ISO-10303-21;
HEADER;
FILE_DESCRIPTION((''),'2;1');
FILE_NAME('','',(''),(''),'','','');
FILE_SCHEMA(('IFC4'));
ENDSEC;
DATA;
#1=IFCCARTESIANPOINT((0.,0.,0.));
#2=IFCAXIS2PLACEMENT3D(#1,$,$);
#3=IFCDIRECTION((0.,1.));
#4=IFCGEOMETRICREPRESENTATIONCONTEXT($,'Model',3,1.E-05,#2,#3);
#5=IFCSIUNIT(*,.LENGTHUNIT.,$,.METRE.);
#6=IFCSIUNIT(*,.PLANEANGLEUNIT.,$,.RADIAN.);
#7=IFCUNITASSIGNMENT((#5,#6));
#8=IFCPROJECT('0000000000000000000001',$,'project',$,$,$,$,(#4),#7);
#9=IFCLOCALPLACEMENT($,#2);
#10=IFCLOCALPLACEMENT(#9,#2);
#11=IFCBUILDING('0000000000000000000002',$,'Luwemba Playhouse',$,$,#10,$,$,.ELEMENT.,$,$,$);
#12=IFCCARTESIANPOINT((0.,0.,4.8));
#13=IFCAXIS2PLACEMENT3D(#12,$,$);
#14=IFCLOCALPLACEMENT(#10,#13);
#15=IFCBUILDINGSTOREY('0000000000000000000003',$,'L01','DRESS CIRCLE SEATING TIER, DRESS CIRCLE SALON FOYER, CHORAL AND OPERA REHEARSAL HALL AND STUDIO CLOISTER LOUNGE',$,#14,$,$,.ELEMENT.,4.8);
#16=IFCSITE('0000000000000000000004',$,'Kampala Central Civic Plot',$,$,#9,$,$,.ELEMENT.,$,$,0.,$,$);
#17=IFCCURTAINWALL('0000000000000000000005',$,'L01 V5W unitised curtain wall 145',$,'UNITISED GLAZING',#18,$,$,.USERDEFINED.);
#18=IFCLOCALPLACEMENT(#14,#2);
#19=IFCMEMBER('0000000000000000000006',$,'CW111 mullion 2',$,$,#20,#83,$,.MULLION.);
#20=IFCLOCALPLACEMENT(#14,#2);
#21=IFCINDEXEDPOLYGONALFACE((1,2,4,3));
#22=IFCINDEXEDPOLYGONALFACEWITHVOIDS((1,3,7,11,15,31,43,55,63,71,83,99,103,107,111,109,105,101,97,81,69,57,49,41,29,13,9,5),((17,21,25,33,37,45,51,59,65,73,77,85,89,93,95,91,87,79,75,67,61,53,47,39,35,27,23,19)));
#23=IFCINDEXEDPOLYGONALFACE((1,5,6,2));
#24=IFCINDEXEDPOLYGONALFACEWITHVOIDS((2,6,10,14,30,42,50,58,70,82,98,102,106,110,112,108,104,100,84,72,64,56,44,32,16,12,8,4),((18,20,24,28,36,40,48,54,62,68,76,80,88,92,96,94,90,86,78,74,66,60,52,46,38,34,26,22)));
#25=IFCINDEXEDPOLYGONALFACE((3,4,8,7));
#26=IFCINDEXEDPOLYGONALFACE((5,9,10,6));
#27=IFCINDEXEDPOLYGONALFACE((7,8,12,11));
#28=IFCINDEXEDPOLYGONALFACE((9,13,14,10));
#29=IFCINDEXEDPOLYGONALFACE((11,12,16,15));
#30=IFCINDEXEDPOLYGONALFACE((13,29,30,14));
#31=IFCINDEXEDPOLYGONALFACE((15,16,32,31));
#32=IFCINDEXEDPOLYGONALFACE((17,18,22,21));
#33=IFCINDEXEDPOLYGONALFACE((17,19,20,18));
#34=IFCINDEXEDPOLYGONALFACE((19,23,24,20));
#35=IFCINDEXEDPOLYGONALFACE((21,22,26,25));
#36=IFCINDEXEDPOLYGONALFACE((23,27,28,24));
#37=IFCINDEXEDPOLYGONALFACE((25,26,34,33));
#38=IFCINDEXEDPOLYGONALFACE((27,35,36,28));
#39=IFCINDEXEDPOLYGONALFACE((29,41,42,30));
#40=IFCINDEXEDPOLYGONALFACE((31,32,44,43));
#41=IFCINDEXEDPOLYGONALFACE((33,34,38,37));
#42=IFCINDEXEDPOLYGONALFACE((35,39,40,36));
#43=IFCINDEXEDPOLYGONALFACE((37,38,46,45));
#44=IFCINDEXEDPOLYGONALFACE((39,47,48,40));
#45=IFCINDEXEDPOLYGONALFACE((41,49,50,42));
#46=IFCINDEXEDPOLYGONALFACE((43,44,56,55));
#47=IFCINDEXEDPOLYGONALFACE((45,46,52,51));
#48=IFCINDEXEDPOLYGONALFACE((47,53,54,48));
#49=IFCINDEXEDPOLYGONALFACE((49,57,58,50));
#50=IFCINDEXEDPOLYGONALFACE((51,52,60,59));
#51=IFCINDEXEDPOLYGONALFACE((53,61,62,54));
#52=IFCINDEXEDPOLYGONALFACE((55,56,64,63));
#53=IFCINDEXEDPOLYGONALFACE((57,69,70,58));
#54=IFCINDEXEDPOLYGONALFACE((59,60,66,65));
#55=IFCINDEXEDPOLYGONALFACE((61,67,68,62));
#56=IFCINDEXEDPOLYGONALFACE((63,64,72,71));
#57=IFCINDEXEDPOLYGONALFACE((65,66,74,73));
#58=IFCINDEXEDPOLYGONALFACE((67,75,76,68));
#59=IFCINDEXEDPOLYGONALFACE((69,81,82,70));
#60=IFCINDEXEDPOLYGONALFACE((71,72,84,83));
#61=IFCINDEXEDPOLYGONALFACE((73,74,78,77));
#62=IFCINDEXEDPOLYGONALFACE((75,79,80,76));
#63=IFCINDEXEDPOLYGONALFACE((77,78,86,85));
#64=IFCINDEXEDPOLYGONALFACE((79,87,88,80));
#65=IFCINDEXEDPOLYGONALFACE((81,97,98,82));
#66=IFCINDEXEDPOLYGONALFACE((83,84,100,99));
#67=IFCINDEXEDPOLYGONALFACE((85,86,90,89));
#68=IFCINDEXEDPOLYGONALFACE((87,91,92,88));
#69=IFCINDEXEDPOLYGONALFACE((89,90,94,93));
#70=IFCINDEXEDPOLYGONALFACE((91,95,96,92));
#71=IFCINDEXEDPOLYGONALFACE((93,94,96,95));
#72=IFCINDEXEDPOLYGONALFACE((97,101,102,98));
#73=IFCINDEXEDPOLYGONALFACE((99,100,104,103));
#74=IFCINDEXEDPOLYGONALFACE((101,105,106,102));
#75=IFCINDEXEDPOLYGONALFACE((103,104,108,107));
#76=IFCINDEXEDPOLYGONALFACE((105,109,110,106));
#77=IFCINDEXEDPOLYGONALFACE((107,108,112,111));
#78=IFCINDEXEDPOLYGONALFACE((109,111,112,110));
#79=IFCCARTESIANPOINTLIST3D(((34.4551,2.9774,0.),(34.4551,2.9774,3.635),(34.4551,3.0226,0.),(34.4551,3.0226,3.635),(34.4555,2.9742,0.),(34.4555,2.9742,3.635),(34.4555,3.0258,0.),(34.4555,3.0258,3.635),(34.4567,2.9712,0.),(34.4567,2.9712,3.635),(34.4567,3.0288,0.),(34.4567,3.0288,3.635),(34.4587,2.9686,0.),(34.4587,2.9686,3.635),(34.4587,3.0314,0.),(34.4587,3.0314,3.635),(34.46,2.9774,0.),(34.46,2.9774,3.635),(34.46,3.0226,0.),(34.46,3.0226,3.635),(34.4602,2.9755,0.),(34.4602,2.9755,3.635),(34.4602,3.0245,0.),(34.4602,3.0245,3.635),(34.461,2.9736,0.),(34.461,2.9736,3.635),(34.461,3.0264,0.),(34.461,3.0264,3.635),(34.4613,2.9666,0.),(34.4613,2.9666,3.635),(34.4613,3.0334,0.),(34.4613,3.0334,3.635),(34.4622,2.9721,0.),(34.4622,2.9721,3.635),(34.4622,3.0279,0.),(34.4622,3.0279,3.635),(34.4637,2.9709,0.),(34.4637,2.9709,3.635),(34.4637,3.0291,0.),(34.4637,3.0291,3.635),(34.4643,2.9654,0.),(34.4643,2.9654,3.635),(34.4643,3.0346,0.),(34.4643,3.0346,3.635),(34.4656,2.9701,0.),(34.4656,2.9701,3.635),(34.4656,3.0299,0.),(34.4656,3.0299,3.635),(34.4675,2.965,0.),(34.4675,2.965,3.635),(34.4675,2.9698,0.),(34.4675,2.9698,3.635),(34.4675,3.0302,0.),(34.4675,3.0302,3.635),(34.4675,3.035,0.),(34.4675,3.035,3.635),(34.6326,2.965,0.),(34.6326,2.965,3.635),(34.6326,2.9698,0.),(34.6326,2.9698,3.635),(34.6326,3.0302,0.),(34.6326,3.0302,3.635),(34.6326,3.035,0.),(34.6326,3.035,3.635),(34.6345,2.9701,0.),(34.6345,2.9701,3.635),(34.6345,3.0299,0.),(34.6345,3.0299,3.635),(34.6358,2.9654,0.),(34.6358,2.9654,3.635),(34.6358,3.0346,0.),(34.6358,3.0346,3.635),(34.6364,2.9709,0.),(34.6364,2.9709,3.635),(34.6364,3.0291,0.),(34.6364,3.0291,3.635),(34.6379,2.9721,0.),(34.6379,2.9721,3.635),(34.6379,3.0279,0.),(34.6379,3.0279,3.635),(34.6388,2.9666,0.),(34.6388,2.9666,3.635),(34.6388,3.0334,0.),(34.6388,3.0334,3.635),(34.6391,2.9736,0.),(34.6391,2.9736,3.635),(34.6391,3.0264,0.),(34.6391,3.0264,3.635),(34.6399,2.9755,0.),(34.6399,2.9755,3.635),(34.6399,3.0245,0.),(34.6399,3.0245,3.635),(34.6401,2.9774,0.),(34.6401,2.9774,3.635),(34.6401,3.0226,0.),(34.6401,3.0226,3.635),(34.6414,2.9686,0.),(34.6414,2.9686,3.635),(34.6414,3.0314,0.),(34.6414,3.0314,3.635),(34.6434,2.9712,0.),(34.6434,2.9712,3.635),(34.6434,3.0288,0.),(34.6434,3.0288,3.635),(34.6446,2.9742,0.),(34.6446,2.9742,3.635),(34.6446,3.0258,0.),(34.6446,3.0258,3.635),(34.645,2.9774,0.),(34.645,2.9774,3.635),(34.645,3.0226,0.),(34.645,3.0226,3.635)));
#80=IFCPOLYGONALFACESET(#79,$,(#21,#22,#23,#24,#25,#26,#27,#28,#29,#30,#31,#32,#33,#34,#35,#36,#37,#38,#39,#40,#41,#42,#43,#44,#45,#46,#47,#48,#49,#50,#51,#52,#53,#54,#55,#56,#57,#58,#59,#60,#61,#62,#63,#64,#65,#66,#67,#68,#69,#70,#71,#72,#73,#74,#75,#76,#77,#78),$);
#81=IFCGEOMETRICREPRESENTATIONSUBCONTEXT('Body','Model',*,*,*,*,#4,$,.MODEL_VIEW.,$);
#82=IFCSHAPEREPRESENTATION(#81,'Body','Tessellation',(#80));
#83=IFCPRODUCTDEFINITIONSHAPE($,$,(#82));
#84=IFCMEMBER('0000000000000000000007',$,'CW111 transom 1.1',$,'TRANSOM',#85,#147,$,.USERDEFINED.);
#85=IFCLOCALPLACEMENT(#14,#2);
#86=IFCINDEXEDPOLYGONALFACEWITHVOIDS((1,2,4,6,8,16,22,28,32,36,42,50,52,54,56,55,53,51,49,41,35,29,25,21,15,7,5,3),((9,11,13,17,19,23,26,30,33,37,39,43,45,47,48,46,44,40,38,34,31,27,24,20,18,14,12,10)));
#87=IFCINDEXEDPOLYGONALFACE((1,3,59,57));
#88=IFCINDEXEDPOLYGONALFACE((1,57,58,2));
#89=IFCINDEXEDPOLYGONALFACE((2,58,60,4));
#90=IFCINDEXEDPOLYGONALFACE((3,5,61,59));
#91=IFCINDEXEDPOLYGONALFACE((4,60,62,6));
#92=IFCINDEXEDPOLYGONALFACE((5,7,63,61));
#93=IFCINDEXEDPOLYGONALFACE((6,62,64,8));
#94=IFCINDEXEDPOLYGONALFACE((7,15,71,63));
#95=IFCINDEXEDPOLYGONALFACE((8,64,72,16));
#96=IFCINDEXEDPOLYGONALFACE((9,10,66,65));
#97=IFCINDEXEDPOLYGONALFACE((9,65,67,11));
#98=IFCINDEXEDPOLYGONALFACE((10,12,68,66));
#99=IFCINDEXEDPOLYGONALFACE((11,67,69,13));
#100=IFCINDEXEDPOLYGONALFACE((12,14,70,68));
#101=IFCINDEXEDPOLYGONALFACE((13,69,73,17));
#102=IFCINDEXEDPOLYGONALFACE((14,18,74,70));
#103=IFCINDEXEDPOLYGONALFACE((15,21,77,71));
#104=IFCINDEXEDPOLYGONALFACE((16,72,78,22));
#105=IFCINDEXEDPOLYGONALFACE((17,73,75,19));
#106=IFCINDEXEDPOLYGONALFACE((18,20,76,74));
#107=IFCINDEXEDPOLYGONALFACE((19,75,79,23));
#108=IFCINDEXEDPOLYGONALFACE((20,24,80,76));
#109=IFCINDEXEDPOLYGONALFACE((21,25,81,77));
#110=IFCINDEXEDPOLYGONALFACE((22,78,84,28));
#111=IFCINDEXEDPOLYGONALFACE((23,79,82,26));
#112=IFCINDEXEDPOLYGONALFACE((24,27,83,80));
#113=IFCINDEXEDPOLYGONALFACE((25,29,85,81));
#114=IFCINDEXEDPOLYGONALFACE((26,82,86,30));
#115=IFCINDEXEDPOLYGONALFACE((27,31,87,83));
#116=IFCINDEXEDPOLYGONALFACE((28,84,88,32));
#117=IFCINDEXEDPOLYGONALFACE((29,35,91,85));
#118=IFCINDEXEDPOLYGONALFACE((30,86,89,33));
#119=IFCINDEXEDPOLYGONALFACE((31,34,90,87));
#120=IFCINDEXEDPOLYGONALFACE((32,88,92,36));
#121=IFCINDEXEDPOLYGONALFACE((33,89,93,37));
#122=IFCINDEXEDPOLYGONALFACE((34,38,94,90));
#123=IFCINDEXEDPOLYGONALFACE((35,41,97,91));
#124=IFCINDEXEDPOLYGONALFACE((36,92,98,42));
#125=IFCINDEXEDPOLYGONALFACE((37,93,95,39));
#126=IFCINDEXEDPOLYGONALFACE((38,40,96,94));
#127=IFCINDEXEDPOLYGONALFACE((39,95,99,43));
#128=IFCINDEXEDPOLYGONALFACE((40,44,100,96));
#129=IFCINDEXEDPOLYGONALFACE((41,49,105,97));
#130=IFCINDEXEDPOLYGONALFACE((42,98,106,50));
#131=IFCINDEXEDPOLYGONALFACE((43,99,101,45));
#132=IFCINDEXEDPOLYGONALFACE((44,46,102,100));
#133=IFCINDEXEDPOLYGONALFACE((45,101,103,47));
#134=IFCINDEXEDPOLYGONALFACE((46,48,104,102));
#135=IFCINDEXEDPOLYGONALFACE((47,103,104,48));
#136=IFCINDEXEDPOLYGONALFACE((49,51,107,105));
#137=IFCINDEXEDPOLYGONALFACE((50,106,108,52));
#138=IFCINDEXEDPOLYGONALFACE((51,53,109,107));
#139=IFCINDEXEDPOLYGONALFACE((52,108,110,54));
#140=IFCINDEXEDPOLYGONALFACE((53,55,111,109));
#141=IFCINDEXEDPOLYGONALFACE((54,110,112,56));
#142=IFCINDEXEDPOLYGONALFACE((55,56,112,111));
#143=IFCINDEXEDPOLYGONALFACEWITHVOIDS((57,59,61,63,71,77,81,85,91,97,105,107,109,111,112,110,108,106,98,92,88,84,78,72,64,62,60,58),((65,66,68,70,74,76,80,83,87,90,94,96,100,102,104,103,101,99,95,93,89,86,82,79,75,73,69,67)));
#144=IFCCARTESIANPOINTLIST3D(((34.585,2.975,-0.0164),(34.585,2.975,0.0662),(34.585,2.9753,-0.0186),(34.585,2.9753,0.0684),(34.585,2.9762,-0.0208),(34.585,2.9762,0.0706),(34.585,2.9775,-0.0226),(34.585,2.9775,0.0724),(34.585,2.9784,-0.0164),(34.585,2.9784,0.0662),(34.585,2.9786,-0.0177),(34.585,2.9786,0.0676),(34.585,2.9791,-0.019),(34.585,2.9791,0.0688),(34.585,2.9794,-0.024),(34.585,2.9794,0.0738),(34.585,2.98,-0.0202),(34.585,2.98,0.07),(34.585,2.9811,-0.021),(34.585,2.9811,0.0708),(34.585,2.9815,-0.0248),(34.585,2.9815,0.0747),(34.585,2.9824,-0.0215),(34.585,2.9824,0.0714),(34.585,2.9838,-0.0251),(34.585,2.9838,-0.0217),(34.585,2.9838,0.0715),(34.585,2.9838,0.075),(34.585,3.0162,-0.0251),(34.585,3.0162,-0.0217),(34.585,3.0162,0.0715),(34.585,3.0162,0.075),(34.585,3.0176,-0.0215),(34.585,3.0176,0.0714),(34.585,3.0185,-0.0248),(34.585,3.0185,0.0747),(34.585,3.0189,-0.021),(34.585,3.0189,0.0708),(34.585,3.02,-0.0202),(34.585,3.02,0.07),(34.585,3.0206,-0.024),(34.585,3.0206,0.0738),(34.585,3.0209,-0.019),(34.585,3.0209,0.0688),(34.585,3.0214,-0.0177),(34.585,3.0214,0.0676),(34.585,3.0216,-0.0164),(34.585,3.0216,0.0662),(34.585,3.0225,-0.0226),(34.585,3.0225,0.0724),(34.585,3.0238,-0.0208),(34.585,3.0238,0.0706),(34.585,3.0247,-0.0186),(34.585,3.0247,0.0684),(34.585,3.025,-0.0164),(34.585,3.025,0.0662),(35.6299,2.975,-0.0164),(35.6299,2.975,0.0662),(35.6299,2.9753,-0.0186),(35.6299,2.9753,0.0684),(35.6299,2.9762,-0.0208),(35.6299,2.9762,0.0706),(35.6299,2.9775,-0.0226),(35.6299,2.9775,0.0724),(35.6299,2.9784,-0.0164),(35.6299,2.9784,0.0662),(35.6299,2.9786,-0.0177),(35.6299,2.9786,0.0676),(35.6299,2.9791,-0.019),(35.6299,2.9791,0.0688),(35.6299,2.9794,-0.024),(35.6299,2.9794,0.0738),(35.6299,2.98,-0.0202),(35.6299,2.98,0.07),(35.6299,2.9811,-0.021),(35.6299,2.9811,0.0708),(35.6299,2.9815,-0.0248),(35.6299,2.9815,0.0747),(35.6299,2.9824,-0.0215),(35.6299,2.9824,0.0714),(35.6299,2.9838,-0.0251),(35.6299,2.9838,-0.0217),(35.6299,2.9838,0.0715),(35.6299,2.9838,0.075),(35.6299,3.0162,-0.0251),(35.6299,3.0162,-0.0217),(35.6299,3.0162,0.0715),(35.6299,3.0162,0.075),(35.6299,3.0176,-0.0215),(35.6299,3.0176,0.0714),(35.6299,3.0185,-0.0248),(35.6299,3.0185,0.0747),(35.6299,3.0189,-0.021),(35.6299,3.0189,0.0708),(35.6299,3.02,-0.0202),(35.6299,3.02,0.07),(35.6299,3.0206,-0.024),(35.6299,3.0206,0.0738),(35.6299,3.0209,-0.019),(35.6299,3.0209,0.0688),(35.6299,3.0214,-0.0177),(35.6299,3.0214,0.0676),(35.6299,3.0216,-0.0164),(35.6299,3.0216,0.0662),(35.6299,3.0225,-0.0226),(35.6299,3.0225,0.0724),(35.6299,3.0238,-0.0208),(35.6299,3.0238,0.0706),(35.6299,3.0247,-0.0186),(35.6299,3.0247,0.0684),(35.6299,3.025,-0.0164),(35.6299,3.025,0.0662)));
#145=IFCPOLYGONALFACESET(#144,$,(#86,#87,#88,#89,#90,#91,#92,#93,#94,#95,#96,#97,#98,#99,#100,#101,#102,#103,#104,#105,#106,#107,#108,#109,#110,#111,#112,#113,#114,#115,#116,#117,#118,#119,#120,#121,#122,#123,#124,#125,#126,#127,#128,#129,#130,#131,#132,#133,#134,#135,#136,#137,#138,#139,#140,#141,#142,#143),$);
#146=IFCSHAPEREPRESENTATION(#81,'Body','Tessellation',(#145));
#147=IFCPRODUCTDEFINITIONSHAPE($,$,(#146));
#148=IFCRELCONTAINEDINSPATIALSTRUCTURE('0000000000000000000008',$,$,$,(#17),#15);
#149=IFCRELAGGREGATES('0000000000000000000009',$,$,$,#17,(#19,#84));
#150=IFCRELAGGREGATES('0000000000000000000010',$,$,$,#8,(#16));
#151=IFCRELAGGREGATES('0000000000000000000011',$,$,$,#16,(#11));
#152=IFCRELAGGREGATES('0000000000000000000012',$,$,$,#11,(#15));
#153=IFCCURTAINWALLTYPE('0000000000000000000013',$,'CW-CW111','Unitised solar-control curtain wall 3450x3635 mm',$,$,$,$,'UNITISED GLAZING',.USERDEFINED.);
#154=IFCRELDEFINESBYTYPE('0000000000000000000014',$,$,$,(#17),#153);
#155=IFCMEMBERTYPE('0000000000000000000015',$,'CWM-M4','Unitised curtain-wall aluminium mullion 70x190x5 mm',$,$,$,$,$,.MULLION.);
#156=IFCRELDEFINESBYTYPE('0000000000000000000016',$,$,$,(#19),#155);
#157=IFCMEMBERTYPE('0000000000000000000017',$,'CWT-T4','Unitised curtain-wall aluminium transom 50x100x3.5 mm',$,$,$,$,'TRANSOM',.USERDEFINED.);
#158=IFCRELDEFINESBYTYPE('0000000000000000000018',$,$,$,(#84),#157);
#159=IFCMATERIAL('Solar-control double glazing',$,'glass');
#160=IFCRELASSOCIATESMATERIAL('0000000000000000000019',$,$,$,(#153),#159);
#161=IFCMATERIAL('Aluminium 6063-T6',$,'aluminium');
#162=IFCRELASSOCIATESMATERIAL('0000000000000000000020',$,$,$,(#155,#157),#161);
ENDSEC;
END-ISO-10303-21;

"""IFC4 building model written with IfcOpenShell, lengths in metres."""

from ifc_helpers import new_model, si_unit, direction, frame, origin, origin_2d, place, context, subcontext, project, spatial, hollow_rectangle, extrude, material, material_profile, profile_set, type_object, element, aggregate, save


model = new_model("IFC4")

# Units and contexts
model_context = context("Model", 3, precision=1e-05, world=origin(), true_north=direction((0.0, 1.0)))
body_context = subcontext(model_context, "Body", "Model", "MODEL_VIEW")
ifc_project = project(units=[si_unit("LENGTHUNIT", "METRE"), si_unit("PLANEANGLEUNIT", "RADIAN")], contexts=[model_context])

# Site, building, storey
site_placement = place(None, origin())
site = spatial("IfcSite", under=ifc_project, at=site_placement, Name="Kampala Central Civic Plot", CompositionType="ELEMENT", RefElevation=0.0)
building_placement = place(site_placement, origin())
building = spatial("IfcBuilding", under=site, at=building_placement, Name="Luwemba Playhouse", CompositionType="ELEMENT")
storey_placement = place(building_placement, frame((0.0, 0.0, 4.8)))
storey = spatial("IfcBuildingStorey", under=building, at=storey_placement, Name="L01", Description="DRESS CIRCLE SEATING TIER, DRESS CIRCLE SALON FOYER, CHORAL AND OPERA REHEARSAL HALL AND STUDIO CLOISTER LOUNGE", CompositionType="ELEMENT", Elevation=4.8)

# Shared definitions
ifc_material_1 = material(Name="Solar-control double glazing", Category="glass")
ifc_material_2 = material(Name="Aluminium 6063-T6", Category="aluminium")

# Curtain wall, members
curtain_wall_type_1 = type_object("IfcCurtainWallType", Name="CW-CW111", Description="Unitised solar-control curtain wall 3450x3635 mm", ElementType="UNITISED GLAZING", PredefinedType="USERDEFINED", material=ifc_material_1)
curtain_wall_1_placement = place(storey_placement, origin())
curtain_wall_1 = element("IfcCurtainWall", 1, at=curtain_wall_1_placement, inside=storey, type_object=curtain_wall_type_1, Name="L01 V5W unitised curtain wall 145", ObjectType="UNITISED GLAZING", PredefinedType="USERDEFINED")
ifc_material_profile_1 = material_profile(ifc_material_2, hollow_rectangle(XDim=0.0701, YDim=0.1899, WallThickness=0.0049, InnerFilletRadius=0.0076, OuterFilletRadius=0.0125, at=origin_2d()))
ifc_profile_set_1 = profile_set([ifc_material_profile_1], Name="Aluminium 6063-T6")
member_type_1 = type_object("IfcMemberType", Name="CWM-M4", Description="Unitised curtain-wall aluminium mullion 70x190x5 mm", PredefinedType="MULLION", material=ifc_profile_set_1)
member_1_placement = place(storey_placement, frame((34.55, 3.0, 0.0), z_axis=(0.0, 0.0, 1.0), x_axis=(0.0, -1.0, 0.0)))
member_1 = element("IfcMember", 2, at=member_1_placement, type_object=member_type_1, Name="CW111 mullion 2", PredefinedType="MULLION", context=body_context, shape_type="SweptSolid", body=[
    extrude(hollow_rectangle(XDim=0.0701, YDim=0.1899, WallThickness=0.0049, InnerFilletRadius=0.0076, OuterFilletRadius=0.0125, at=origin_2d()), origin(), (0.0, 0.0, 1.0), 3.635),
])
ifc_material_profile_2 = material_profile(ifc_material_2, hollow_rectangle(XDim=0.05, YDim=0.1001, WallThickness=0.0034, InnerFilletRadius=0.0054, OuterFilletRadius=0.0088, at=origin_2d()))
ifc_profile_set_2 = profile_set([ifc_material_profile_2], Name="Aluminium 6063-T6")
member_type_2 = type_object("IfcMemberType", Name="CWT-T4", Description="Unitised curtain-wall aluminium transom 50x100x3.5 mm", ElementType="TRANSOM", PredefinedType="USERDEFINED", material=ifc_profile_set_2)
member_2_placement = place(storey_placement, frame((35.6299, 3.0, 0.0249), z_axis=(-1.0, 0.0, 0.0), x_axis=(0.0, -1.0, 0.0)))
member_2 = element("IfcMember", 3, at=member_2_placement, type_object=member_type_2, Name="CW111 transom 1.1", ObjectType="TRANSOM", PredefinedType="USERDEFINED", context=body_context, shape_type="SweptSolid", body=[
    extrude(hollow_rectangle(XDim=0.05, YDim=0.1001, WallThickness=0.0034, InnerFilletRadius=0.0054, OuterFilletRadius=0.0088, at=origin_2d()), origin(), (0.0, 0.0, 1.0), 1.0449),
])

aggregate(curtain_wall_1, [member_1, member_2])

save(model, "model.ifc")
